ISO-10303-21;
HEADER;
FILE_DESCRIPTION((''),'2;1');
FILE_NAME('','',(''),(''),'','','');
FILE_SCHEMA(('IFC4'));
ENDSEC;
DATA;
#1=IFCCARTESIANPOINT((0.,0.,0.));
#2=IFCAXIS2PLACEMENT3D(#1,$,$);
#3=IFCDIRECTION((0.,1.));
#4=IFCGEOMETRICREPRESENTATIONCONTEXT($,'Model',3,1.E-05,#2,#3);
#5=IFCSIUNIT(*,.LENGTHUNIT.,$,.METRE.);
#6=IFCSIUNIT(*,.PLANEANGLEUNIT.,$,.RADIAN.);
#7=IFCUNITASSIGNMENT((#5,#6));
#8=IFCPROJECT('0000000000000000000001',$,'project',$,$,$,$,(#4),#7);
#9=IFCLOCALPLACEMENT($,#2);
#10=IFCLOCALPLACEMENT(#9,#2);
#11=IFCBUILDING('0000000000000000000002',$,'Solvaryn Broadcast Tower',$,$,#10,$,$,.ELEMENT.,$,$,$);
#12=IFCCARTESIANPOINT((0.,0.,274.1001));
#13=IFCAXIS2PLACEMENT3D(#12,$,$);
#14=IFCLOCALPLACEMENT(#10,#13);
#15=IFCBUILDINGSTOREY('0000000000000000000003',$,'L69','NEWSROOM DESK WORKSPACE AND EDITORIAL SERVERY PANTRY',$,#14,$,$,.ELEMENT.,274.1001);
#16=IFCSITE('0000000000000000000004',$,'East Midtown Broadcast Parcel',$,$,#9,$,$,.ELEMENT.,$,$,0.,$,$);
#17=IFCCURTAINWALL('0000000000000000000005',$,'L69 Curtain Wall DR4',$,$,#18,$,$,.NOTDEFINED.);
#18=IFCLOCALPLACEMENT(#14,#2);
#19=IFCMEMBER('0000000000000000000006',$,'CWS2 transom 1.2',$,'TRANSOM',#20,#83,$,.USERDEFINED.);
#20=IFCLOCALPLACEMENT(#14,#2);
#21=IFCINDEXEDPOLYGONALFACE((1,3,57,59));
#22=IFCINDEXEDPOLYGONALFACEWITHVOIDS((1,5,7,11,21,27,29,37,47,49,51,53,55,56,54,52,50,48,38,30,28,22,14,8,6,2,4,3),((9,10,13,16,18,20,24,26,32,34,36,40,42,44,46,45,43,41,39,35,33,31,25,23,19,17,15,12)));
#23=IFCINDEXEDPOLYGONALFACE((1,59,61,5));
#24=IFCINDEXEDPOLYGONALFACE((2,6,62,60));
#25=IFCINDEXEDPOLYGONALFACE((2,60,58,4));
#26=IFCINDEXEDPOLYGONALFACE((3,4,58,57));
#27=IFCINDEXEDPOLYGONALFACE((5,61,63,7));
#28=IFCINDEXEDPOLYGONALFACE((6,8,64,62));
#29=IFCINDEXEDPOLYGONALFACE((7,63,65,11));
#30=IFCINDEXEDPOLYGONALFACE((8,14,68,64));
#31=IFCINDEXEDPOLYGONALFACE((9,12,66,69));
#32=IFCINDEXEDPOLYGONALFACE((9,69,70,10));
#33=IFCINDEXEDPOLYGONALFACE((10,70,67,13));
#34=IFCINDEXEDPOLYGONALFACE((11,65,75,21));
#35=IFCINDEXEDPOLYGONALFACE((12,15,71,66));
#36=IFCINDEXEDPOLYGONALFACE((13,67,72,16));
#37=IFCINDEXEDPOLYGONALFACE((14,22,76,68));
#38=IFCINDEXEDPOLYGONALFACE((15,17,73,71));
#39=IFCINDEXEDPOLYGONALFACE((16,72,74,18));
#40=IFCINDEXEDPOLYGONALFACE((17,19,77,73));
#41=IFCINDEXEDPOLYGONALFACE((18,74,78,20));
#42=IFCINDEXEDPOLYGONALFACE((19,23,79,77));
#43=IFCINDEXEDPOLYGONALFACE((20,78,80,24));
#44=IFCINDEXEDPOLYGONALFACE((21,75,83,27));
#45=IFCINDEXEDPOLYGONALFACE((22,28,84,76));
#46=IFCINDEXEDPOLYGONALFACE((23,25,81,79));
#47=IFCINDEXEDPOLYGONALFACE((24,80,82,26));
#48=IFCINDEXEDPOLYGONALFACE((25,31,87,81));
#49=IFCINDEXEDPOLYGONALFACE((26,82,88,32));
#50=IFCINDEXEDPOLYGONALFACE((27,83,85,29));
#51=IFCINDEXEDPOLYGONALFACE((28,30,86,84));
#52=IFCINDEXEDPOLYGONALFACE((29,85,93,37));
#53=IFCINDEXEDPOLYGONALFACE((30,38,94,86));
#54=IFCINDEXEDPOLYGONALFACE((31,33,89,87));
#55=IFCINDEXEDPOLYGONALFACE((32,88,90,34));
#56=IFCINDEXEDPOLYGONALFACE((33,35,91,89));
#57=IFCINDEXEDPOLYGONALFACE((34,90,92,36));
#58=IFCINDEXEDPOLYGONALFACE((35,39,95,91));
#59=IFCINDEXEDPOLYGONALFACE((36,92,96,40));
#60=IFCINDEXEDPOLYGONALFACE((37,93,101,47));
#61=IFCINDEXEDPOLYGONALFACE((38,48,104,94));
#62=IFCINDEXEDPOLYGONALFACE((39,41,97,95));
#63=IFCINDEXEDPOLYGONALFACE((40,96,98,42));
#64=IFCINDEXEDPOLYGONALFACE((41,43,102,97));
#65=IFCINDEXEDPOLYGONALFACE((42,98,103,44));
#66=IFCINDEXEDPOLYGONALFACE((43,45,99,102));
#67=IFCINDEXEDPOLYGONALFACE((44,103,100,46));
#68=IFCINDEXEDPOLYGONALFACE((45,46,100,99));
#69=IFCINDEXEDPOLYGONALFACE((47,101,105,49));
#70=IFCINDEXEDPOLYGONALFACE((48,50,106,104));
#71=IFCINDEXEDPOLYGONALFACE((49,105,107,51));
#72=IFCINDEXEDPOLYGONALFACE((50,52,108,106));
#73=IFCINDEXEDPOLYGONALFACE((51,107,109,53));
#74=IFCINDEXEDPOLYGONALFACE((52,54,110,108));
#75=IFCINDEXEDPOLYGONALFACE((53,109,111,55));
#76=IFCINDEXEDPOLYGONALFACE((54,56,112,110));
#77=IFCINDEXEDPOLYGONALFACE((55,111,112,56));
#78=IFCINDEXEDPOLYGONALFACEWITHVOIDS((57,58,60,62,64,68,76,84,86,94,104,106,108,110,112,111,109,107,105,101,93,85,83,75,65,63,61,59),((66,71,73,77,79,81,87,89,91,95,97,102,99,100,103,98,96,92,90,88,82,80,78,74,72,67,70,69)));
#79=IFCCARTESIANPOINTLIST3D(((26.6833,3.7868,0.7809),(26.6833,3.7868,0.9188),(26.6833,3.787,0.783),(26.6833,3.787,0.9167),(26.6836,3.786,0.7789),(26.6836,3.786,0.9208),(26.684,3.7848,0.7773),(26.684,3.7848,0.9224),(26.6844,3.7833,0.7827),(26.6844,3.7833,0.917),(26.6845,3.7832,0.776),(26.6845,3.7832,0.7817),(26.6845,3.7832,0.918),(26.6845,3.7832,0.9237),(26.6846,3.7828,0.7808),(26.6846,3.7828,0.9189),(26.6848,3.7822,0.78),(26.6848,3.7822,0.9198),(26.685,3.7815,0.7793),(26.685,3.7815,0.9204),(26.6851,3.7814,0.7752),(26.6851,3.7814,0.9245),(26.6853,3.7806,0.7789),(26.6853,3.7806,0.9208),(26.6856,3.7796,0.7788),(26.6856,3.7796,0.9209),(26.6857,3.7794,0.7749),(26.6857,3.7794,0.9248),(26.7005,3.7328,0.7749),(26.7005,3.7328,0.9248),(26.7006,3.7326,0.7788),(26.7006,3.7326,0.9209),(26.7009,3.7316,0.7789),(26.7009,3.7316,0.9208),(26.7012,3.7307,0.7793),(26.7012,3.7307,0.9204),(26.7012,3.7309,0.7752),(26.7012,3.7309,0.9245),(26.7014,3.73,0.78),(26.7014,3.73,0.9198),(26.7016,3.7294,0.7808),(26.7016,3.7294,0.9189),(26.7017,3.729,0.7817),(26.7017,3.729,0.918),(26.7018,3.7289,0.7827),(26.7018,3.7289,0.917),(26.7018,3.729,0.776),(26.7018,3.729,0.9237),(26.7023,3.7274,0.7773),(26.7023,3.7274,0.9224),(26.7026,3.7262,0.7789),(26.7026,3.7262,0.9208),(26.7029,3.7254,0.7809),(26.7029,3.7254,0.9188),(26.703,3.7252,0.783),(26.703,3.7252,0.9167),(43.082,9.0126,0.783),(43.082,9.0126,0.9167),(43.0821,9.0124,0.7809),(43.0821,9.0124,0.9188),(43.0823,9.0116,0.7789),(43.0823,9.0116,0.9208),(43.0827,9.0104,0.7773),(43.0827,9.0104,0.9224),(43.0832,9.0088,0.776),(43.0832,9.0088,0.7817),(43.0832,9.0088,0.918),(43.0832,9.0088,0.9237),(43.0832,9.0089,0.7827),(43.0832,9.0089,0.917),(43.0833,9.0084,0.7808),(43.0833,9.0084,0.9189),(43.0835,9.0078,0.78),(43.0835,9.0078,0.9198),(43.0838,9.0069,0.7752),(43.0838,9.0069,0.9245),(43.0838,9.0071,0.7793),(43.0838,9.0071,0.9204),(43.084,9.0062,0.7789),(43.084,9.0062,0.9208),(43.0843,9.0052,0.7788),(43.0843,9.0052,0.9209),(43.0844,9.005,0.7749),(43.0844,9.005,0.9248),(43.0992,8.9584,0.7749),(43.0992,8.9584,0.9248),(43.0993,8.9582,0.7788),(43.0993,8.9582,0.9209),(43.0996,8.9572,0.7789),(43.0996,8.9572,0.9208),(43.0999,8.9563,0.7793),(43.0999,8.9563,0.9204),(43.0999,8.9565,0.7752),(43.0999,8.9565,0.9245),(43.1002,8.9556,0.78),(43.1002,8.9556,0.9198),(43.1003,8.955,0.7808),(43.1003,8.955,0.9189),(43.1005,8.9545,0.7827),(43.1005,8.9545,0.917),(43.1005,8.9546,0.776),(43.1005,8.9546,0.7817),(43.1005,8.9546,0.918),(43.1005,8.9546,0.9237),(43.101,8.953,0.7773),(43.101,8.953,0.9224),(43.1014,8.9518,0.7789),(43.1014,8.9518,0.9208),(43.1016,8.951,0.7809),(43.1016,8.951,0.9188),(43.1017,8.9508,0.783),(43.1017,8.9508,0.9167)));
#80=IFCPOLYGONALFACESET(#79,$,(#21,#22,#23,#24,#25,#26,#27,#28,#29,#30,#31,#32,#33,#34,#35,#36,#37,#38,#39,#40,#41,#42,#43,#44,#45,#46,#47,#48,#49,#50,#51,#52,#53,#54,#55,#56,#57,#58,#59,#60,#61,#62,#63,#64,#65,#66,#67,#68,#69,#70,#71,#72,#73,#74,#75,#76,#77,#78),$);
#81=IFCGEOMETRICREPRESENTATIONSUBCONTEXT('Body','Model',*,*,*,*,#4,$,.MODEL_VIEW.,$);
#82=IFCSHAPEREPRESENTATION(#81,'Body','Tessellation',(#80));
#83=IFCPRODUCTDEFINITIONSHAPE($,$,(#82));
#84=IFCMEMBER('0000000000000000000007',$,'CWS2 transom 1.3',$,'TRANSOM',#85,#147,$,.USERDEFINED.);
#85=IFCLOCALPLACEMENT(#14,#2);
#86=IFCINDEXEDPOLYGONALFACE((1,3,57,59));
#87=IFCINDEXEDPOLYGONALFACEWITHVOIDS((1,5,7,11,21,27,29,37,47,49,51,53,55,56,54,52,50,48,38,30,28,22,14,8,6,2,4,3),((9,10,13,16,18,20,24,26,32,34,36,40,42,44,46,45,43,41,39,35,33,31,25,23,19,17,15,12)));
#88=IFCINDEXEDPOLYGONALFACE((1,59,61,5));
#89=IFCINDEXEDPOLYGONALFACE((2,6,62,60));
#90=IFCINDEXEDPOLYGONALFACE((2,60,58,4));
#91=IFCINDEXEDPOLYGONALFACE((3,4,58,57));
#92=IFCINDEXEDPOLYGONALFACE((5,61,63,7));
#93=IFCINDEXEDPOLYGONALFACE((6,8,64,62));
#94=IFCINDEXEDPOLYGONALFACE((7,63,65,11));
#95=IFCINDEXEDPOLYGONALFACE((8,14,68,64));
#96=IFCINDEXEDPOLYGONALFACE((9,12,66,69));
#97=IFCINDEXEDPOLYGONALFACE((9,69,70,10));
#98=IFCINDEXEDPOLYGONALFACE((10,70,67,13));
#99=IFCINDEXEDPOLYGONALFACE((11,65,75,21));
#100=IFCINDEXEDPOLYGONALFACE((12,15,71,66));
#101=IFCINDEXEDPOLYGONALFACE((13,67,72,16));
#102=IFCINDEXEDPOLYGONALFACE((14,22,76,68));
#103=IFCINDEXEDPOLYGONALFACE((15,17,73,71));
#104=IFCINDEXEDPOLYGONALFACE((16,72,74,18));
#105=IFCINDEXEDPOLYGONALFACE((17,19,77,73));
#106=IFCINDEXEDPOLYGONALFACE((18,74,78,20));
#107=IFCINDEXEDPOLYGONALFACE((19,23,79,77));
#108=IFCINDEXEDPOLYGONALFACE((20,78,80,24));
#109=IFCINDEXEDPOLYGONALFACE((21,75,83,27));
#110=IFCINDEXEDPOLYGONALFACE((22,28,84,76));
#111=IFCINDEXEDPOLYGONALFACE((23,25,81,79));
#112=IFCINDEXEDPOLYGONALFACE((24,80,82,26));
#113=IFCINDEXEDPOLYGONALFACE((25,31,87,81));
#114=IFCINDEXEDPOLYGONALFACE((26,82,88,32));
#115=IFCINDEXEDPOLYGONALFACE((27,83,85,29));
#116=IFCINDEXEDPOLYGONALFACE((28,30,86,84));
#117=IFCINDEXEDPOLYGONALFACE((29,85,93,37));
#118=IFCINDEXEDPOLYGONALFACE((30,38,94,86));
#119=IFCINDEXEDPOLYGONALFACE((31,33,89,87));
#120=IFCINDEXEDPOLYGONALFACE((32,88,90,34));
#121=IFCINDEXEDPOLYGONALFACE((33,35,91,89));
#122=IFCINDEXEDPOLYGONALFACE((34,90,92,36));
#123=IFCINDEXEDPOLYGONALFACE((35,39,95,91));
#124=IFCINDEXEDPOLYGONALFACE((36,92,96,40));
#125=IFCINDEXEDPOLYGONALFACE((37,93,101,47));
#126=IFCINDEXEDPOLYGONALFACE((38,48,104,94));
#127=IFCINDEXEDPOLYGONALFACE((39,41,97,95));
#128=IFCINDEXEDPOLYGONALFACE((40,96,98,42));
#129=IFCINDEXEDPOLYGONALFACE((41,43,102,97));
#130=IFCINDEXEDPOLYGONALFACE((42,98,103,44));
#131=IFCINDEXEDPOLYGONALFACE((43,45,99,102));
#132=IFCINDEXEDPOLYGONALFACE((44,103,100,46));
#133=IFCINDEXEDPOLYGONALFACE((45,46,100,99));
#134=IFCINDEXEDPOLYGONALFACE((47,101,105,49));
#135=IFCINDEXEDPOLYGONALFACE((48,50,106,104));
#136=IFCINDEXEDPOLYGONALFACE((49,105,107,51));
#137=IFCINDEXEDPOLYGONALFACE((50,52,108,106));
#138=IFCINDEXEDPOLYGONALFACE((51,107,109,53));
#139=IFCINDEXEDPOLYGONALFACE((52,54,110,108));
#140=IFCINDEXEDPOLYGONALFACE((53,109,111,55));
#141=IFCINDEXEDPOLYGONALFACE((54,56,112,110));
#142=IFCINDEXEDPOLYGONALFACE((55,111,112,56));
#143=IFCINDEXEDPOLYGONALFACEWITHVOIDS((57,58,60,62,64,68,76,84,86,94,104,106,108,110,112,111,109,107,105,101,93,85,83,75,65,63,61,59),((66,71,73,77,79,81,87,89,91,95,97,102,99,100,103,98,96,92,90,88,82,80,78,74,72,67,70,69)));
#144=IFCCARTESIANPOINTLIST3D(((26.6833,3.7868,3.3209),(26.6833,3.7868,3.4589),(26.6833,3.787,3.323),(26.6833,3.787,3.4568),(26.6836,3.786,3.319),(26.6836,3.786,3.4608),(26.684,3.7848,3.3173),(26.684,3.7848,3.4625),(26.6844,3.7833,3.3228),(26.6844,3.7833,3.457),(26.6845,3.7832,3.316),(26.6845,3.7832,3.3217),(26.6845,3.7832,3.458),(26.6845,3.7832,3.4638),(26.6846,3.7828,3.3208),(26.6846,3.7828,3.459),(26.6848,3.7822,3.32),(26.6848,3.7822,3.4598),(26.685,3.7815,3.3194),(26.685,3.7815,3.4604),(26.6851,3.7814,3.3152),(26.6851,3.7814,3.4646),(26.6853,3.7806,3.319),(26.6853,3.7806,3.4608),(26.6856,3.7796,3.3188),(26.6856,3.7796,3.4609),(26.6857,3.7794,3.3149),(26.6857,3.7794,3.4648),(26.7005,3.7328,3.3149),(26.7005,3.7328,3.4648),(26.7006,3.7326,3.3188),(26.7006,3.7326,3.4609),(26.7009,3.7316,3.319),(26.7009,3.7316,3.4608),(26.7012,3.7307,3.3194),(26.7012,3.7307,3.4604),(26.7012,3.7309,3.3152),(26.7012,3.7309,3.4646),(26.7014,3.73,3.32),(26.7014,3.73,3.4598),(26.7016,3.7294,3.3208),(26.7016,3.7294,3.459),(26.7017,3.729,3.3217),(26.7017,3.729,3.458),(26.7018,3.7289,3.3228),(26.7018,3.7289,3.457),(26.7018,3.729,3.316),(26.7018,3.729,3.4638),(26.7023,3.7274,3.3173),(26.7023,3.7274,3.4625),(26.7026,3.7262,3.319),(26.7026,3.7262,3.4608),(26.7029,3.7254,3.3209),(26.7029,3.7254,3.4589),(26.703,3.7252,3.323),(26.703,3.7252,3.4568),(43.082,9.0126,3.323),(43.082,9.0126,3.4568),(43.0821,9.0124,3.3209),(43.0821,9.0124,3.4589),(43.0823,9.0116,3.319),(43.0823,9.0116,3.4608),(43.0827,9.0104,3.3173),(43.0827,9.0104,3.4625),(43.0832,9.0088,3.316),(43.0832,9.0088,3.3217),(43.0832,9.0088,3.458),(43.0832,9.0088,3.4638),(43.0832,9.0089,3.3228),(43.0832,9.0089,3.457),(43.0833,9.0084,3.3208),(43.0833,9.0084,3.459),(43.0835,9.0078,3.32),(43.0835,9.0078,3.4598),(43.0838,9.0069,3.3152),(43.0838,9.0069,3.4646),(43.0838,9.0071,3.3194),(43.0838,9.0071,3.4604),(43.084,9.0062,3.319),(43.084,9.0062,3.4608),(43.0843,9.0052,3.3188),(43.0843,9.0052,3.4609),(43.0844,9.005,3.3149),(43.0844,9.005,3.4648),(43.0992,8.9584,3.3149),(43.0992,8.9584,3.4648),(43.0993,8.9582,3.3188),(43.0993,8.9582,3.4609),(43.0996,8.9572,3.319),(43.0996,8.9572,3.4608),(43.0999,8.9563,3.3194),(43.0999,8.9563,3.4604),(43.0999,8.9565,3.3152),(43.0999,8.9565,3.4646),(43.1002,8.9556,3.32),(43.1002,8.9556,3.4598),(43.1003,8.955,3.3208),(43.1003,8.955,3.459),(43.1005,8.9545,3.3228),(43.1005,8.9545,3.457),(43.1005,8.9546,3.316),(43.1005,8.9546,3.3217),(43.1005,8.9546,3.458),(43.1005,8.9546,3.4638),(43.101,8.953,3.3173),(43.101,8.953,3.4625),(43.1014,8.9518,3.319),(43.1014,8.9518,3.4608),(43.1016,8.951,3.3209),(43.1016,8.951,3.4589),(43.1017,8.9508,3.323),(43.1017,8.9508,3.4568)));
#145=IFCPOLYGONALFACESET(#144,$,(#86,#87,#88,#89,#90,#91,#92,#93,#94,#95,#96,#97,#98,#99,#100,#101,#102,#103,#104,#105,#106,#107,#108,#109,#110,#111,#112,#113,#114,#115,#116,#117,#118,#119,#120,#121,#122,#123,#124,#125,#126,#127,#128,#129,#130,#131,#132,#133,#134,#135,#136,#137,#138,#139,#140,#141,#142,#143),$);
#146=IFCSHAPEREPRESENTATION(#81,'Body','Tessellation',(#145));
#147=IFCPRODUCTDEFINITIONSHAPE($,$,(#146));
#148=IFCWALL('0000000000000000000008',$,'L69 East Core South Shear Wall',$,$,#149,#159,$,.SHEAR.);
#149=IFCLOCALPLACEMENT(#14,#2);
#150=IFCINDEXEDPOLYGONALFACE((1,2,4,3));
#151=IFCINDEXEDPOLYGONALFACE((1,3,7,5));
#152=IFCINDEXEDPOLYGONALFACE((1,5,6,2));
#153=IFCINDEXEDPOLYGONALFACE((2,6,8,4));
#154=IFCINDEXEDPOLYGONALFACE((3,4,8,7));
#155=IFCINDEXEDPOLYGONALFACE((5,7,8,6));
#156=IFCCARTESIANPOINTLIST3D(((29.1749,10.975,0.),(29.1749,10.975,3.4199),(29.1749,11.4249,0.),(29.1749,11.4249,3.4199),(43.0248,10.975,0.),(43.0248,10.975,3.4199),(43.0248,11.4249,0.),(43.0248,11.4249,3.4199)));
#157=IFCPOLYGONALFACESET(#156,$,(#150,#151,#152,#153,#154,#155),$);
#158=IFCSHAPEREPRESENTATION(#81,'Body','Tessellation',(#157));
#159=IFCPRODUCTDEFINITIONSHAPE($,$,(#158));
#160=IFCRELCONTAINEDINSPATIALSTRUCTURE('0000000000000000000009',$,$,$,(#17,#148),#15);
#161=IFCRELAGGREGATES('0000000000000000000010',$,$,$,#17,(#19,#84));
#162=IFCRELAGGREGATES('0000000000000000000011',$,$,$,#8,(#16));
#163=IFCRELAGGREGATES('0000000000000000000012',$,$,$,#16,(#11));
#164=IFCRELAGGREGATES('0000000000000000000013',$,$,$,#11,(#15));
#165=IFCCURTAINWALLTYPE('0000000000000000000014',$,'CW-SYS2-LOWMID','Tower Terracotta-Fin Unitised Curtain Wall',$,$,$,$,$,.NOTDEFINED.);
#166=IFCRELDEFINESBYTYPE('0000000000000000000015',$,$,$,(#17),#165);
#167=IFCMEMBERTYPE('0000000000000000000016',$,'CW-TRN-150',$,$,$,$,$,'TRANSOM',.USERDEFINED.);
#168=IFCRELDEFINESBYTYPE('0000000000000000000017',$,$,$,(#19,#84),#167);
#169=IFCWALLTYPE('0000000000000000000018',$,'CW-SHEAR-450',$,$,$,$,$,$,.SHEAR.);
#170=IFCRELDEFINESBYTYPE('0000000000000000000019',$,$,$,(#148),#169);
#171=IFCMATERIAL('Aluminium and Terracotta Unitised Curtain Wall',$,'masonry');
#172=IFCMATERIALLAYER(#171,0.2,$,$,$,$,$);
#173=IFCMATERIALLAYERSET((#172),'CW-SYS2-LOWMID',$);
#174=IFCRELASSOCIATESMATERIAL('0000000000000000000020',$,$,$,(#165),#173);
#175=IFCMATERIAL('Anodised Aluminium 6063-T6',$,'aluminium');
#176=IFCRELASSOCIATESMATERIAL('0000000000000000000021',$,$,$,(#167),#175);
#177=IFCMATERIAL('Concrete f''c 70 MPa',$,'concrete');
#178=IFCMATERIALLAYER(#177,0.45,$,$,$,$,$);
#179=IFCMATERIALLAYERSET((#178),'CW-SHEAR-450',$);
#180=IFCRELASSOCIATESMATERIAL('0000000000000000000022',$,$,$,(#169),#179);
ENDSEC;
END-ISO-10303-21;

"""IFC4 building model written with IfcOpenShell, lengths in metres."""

from ifc_helpers import new_model, si_unit, direction, frame, frame_2d, origin, origin_2d, place, context, subcontext, project, spatial, rectangle, hollow_rectangle, extrude, material, layer, layer_set, material_profile, profile_set, type_object, element, aggregate, save


model = new_model("IFC4")

# Units and contexts
model_context = context("Model", 3, precision=1e-05, world=origin(), true_north=direction((0.0, 1.0)))
body_context = subcontext(model_context, "Body", "Model", "MODEL_VIEW")
ifc_project = project(units=[si_unit("LENGTHUNIT", "METRE"), si_unit("PLANEANGLEUNIT", "RADIAN")], contexts=[model_context])

# Site, building, storey
site_placement = place(None, origin())
site = spatial("IfcSite", under=ifc_project, at=site_placement, Name="East Midtown Broadcast Parcel", CompositionType="ELEMENT", RefElevation=0.0)
building_placement = place(site_placement, origin())
building = spatial("IfcBuilding", under=site, at=building_placement, Name="Solvaryn Broadcast Tower", CompositionType="ELEMENT")
storey_placement = place(building_placement, frame((0.0, 0.0, 274.1001)))
storey = spatial("IfcBuildingStorey", under=building, at=storey_placement, Name="L69", Description="NEWSROOM DESK WORKSPACE AND EDITORIAL SERVERY PANTRY", CompositionType="ELEMENT", Elevation=274.1001)

# Shared definitions
ifc_material_1 = material(Name="Aluminium and Terracotta Unitised Curtain Wall", Category="masonry")
ifc_layer_1 = layer(ifc_material_1, 0.2)
ifc_layer_set_1 = layer_set([ifc_layer_1], Name="CW-SYS2-LOWMID")
curtain_wall_type = type_object("IfcCurtainWallType", Name="CW-SYS2-LOWMID", Description="Tower Terracotta-Fin Unitised Curtain Wall", PredefinedType="NOTDEFINED", material=ifc_layer_set_1)

# Curtain wall, members
curtain_wall_1_placement = place(storey_placement, origin())
curtain_wall_1 = element("IfcCurtainWall", 1, at=curtain_wall_1_placement, inside=storey, type_object=curtain_wall_type, Name="L69 Curtain Wall DR4", PredefinedType="NOTDEFINED")
ifc_material_2 = material(Name="Anodised Aluminium 6063-T6", Category="aluminium")
ifc_material_profile_1 = material_profile(ifc_material_2, hollow_rectangle(XDim=0.0649, YDim=0.1499, WallThickness=0.0039, InnerFilletRadius=0.0039, OuterFilletRadius=0.0081, at=origin_2d()))
ifc_profile_set_1 = profile_set([ifc_material_profile_1], Name="Anodised Aluminium 6063-T6")
member_type_1 = type_object("IfcMemberType", Name="CW-TRN-150", ElementType="TRANSOM", PredefinedType="USERDEFINED", material=ifc_profile_set_1)
member_1_placement = place(storey_placement, frame((26.6931, 3.7561, 0.8499), z_axis=(0.952794, 0.303616, 0.0), x_axis=(-0.303616, 0.952794, 0.0)))
member_1 = element("IfcMember", 2, at=member_1_placement, type_object=member_type_1, Name="CWS2 transom 1.2", ObjectType="TRANSOM", PredefinedType="USERDEFINED", context=body_context, shape_type="SweptSolid", body=[
    extrude(hollow_rectangle(XDim=0.0649, YDim=0.1499, WallThickness=0.0039, InnerFilletRadius=0.0039, OuterFilletRadius=0.0081, at=origin_2d()), origin(), (0.0, 0.0, 1.0), 17.2112),
])
member_2_placement = place(storey_placement, frame((26.6931, 3.7561, 3.3899), z_axis=(0.952794, 0.303616, 0.0), x_axis=(-0.303616, 0.952794, 0.0)))
member_2 = element("IfcMember", 3, at=member_2_placement, type_object=member_type_1, Name="CWS2 transom 1.3", ObjectType="TRANSOM", PredefinedType="USERDEFINED", context=body_context, shape_type="SweptSolid", body=[
    extrude(hollow_rectangle(XDim=0.0649, YDim=0.1499, WallThickness=0.0039, InnerFilletRadius=0.0039, OuterFilletRadius=0.0081, at=origin_2d()), origin(), (0.0, 0.0, 1.0), 17.2112),
])
aggregate(curtain_wall_1, [member_1, member_2])

# Wall
ifc_material_3 = material(Name="Concrete f'c 70 MPa", Category="concrete")
ifc_layer_2 = layer(ifc_material_3, 0.45)
ifc_layer_set_2 = layer_set([ifc_layer_2], Name="CW-SHEAR-450")
wall_type_1 = type_object("IfcWallType", Name="CW-SHEAR-450", PredefinedType="SHEAR", material=ifc_layer_set_2)
wall_1_placement = place(storey_placement, frame((29.175, 11.2, 0.0), z_axis=(0.0, 0.0, 1.0), x_axis=(1.0, 0.0, 0.0)))
element("IfcWall", 4, at=wall_1_placement, inside=storey, type_object=wall_type_1, Name="L69 East Core South Shear Wall", PredefinedType="SHEAR", context=body_context, shape_type="SweptSolid", body=[
    extrude(rectangle(XDim=13.8499, YDim=0.45, at=frame_2d((6.9248, 0.0))), origin(), (0.0, 0.0, 1.0), 3.4199),
])

save(model, "model.ifc")
